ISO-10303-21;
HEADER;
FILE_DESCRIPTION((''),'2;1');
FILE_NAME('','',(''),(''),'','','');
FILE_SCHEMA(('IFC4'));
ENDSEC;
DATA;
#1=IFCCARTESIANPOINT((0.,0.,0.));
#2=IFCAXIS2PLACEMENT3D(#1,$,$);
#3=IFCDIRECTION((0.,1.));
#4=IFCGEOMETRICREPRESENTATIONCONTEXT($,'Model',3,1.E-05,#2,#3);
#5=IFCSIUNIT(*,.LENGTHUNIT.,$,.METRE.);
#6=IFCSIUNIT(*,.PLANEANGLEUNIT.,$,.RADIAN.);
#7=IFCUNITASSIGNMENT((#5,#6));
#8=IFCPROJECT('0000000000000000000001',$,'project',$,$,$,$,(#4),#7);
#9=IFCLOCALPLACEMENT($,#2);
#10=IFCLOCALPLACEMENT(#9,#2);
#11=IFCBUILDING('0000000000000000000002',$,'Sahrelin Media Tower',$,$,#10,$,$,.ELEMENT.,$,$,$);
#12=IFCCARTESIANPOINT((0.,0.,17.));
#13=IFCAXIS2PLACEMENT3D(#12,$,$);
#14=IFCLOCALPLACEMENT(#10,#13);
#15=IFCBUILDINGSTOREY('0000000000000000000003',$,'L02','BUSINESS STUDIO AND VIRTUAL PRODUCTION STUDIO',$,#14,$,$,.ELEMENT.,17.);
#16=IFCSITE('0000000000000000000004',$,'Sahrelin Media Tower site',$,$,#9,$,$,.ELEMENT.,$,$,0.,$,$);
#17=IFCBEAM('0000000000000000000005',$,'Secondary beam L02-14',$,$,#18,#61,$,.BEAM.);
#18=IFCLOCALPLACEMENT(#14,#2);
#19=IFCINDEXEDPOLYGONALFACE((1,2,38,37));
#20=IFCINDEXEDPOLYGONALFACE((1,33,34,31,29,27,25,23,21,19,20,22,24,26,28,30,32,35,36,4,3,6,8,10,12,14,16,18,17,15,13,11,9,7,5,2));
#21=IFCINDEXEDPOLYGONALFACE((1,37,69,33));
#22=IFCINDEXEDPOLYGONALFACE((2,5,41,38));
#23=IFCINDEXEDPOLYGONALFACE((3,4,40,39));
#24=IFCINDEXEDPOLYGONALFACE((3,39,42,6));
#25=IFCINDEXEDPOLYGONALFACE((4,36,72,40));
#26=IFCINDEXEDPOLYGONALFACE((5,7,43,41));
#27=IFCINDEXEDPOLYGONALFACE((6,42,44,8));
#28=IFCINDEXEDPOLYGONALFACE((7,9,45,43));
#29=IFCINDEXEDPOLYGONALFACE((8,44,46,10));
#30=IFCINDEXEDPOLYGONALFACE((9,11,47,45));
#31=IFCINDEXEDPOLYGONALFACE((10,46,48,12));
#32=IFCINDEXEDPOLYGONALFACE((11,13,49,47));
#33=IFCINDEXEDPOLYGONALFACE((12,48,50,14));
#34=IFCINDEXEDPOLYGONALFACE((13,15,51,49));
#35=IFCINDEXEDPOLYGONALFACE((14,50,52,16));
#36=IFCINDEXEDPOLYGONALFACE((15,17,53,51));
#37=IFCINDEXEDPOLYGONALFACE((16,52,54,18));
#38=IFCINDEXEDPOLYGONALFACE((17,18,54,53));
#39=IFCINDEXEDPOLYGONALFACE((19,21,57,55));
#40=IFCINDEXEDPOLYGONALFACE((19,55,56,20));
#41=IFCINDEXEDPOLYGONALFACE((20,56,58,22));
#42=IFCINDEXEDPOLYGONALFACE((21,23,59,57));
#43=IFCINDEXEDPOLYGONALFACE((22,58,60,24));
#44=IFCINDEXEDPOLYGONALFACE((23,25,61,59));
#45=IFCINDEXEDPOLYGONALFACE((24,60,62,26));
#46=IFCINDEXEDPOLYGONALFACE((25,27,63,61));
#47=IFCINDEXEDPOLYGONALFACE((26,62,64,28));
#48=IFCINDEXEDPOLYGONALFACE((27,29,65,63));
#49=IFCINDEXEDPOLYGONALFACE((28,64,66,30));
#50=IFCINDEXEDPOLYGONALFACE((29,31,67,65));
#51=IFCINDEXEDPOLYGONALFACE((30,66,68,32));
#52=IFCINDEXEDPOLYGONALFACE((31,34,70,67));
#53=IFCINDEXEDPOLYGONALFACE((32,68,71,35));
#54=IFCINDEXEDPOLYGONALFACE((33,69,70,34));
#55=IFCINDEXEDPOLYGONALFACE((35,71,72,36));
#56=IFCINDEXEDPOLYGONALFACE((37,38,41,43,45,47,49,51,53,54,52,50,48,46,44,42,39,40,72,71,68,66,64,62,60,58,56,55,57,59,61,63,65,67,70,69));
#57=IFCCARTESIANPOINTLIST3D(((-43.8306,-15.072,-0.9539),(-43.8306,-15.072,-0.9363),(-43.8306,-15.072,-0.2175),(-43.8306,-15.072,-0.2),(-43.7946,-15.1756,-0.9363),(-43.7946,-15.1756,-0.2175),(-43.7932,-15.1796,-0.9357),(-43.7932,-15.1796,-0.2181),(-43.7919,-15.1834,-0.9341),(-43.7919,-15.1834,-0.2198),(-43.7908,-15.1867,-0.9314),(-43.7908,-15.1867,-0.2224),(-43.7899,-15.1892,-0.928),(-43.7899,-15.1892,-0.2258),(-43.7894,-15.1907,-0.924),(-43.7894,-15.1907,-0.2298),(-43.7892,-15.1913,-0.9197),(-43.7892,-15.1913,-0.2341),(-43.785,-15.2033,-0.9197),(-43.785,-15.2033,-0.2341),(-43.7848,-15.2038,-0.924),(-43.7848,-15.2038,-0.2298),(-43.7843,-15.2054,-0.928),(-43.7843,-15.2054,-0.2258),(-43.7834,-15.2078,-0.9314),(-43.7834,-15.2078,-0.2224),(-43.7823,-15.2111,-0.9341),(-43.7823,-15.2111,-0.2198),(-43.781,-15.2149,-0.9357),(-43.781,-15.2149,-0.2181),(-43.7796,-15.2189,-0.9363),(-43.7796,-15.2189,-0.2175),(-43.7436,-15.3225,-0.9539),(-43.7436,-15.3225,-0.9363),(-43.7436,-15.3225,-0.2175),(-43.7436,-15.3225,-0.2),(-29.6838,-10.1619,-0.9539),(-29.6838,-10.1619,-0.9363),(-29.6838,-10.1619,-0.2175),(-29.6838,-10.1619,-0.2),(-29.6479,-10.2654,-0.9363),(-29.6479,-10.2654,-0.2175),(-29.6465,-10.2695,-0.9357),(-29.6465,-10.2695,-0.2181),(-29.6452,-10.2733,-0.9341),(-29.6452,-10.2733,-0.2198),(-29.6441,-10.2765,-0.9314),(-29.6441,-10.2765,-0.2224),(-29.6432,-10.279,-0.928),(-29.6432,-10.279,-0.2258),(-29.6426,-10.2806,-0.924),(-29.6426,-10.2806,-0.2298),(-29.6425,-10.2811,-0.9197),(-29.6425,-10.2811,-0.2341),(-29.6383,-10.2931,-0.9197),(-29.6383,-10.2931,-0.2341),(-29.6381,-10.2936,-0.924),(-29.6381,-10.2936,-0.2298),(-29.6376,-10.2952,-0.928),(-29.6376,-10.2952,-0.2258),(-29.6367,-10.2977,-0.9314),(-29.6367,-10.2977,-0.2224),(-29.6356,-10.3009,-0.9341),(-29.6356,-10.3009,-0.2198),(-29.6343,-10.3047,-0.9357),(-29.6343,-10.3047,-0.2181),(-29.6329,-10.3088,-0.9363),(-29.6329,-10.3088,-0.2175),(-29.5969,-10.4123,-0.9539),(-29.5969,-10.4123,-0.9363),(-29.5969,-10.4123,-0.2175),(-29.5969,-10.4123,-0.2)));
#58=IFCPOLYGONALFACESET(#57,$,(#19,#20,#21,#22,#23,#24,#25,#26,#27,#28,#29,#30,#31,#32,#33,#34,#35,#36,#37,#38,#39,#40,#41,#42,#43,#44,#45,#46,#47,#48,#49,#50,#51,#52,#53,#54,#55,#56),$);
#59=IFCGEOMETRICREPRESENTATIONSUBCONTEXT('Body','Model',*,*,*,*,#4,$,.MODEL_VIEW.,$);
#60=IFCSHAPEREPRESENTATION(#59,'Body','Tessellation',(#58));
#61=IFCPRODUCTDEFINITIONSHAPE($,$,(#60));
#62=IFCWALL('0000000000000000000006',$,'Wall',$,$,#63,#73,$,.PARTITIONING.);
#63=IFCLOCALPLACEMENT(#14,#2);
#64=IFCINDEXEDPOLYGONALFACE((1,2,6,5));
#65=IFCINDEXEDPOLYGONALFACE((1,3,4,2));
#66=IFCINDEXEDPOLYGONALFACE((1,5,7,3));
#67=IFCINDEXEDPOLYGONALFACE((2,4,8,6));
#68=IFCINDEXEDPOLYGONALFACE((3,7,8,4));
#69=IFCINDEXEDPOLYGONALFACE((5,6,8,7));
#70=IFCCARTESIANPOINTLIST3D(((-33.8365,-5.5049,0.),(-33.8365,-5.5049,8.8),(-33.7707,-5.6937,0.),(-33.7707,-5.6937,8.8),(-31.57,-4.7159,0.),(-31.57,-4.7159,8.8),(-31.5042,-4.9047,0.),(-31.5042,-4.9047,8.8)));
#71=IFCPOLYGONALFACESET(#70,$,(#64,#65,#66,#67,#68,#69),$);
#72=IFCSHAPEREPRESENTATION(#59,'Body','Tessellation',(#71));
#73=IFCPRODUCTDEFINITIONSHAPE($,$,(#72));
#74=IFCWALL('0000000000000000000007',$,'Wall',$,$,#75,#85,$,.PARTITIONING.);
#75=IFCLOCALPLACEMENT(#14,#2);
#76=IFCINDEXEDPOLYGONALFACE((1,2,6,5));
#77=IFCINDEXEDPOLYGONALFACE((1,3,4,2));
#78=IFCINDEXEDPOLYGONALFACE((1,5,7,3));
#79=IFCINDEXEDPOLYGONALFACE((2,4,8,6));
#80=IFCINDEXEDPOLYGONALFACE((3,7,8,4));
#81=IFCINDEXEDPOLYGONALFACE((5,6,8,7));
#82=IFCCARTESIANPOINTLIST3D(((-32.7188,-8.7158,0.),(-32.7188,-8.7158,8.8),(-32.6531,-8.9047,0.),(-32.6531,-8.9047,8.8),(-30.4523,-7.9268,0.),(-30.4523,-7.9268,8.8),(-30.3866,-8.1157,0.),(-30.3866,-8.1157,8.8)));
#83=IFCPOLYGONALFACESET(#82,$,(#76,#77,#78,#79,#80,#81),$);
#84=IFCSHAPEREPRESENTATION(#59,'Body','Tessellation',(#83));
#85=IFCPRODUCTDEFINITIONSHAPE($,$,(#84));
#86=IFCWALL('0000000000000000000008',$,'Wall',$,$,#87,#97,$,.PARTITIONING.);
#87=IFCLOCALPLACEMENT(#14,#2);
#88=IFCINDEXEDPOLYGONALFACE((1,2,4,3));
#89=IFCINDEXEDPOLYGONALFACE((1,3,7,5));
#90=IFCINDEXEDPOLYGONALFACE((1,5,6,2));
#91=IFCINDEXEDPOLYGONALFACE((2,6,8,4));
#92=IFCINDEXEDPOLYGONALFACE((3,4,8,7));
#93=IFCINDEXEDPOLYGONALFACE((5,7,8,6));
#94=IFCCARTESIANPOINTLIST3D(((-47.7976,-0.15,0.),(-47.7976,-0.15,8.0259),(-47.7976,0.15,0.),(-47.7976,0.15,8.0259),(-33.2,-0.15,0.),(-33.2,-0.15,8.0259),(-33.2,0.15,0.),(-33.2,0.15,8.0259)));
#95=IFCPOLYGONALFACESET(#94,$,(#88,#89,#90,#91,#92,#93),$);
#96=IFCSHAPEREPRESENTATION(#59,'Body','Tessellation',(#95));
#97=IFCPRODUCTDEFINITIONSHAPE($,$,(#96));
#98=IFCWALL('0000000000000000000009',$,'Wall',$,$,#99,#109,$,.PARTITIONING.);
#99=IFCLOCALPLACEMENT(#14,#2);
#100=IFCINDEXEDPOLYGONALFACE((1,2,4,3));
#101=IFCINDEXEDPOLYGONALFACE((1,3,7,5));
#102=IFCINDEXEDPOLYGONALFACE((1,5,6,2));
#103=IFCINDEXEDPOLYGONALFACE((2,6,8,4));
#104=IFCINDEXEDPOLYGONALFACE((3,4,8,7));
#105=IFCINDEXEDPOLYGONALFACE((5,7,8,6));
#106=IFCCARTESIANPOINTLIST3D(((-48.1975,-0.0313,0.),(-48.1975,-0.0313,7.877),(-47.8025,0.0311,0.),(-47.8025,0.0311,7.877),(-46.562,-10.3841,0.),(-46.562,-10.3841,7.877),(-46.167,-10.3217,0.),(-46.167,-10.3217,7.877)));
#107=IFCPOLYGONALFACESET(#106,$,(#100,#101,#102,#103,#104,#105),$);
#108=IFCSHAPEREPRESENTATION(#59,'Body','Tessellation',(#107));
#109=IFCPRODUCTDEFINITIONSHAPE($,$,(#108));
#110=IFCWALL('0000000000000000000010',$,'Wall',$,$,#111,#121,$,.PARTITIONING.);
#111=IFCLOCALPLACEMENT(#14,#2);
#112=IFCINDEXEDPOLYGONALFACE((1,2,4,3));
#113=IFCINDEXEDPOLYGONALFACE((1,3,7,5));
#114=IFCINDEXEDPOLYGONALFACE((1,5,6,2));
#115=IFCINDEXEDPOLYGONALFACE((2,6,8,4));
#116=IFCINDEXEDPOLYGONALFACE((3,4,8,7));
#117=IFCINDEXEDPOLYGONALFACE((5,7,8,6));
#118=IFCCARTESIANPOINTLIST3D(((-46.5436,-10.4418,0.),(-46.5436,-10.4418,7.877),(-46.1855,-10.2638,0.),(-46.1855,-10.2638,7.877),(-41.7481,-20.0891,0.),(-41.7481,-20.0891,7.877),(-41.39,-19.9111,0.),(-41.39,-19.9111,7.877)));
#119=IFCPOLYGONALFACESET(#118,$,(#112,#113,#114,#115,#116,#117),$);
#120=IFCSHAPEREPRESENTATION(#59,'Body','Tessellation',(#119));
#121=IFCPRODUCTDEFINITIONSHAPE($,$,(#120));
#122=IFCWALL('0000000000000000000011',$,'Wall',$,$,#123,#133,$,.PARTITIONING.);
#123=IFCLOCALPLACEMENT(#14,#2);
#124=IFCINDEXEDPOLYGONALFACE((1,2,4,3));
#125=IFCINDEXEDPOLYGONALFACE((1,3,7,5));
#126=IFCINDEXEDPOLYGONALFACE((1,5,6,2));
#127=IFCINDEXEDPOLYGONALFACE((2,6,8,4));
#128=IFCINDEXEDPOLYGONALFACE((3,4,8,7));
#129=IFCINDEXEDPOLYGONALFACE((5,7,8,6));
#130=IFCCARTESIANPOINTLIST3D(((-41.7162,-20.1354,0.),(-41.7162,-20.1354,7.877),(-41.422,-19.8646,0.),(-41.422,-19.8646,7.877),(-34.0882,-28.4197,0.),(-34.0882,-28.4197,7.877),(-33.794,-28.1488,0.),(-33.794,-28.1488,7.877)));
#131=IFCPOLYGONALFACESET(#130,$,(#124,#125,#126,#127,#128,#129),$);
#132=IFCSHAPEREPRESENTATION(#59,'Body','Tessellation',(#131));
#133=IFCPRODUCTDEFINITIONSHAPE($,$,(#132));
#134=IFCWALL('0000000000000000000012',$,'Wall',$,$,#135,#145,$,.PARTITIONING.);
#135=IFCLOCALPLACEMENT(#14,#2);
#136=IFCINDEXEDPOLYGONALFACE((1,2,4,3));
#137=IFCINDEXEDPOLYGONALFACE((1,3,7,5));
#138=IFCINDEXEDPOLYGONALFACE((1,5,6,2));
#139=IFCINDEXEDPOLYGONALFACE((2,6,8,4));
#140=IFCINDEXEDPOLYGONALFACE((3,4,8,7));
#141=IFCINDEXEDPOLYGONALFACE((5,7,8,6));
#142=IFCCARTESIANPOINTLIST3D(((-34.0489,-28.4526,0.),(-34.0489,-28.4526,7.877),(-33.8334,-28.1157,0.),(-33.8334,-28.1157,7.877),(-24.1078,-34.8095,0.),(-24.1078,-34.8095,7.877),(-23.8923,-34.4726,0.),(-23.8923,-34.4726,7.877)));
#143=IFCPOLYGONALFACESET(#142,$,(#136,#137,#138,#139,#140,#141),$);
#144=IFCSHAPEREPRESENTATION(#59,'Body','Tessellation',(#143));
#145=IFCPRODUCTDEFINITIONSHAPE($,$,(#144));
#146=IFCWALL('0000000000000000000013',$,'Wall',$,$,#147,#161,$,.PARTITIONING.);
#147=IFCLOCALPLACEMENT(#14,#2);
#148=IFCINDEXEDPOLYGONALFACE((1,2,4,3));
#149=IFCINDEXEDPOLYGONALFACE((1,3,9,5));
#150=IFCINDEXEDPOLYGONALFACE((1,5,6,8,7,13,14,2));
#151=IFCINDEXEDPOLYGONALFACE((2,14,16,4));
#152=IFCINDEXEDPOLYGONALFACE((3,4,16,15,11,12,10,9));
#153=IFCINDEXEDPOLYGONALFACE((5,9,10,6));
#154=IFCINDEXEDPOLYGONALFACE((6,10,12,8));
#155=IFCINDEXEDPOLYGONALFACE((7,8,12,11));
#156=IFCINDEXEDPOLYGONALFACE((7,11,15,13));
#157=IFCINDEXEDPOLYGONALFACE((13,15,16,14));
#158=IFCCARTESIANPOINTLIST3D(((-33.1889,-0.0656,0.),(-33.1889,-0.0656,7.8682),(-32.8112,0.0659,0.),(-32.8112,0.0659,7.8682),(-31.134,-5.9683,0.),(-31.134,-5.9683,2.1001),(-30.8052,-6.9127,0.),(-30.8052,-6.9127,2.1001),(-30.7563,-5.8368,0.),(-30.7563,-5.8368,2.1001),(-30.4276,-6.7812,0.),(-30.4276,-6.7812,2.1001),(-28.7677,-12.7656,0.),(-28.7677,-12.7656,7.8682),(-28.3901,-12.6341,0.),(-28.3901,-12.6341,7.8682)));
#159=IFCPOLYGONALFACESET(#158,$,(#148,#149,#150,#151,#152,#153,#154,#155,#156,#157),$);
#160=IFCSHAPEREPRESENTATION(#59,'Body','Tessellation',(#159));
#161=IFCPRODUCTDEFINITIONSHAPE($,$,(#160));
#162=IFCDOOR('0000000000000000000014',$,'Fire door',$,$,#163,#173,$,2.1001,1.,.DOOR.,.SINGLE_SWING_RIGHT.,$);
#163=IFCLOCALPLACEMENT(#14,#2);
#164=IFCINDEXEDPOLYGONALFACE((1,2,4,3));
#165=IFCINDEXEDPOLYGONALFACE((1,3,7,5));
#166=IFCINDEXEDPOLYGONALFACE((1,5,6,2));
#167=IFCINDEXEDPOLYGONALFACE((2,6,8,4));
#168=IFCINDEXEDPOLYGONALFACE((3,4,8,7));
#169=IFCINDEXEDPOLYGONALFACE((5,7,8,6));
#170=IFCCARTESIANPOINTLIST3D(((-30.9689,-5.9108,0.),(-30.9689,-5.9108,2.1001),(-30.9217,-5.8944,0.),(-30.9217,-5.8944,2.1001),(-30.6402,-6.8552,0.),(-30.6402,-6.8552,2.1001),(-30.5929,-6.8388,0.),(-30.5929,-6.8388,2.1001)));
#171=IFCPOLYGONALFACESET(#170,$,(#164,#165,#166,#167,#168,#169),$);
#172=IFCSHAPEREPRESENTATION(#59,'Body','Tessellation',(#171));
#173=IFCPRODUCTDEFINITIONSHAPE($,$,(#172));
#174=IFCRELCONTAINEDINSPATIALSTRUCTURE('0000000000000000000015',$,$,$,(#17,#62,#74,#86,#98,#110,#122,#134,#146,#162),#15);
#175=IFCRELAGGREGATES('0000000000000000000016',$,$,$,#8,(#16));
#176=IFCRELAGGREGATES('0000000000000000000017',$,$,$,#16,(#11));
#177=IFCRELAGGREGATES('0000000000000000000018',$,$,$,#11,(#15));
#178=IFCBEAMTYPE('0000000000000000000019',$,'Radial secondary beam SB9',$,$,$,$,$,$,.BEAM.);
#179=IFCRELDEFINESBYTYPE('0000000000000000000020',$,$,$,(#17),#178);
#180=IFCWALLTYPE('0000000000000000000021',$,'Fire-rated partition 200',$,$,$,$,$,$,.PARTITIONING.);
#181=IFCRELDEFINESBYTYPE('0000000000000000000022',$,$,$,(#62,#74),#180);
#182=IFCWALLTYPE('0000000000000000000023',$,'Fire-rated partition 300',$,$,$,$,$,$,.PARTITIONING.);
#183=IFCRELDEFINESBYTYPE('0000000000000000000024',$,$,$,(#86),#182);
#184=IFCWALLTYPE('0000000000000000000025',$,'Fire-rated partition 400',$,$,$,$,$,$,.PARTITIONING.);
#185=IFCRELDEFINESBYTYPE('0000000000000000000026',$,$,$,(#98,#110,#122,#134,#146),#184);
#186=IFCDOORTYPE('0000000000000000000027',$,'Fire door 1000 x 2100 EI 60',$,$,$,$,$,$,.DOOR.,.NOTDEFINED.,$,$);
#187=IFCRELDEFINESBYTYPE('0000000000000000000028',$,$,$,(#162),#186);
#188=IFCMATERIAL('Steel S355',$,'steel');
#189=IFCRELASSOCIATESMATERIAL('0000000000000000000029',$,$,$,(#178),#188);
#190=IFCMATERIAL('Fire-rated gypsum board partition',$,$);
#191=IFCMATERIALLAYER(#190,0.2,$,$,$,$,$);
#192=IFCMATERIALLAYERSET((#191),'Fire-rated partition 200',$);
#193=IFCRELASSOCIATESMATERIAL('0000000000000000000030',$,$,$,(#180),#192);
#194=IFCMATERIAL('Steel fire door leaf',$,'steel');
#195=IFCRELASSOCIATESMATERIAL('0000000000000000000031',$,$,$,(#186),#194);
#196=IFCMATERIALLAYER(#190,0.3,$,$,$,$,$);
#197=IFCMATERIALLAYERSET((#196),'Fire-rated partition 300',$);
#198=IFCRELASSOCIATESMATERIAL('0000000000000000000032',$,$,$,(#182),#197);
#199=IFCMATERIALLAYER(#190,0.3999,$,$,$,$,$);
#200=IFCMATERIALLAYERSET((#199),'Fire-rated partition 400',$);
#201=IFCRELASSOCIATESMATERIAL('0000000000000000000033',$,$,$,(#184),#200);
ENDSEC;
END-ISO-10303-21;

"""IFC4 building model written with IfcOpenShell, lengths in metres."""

from ifc_helpers import new_model, si_unit, direction, frame, frame_2d, origin, origin_2d, place, context, subcontext, project, spatial, rectangle, i_section, extrude, material, layer, layer_set, material_profile, profile_set, type_object, element, fill, save


model = new_model("IFC4")

# Units and contexts
model_context = context("Model", 3, precision=1e-05, world=origin(), true_north=direction((0.0, 1.0)))
body_context = subcontext(model_context, "Body", "Model", "MODEL_VIEW")
ifc_project = project(units=[si_unit("LENGTHUNIT", "METRE"), si_unit("PLANEANGLEUNIT", "RADIAN")], contexts=[model_context])

# Site, building, storey
site_placement = place(None, origin())
site = spatial("IfcSite", under=ifc_project, at=site_placement, Name="Sahrelin Media Tower site", CompositionType="ELEMENT", RefElevation=0.0)
building_placement = place(site_placement, origin())
building = spatial("IfcBuilding", under=site, at=building_placement, Name="Sahrelin Media Tower", CompositionType="ELEMENT")
storey_placement = place(building_placement, frame((0.0, 0.0, 17.0)))
storey = spatial("IfcBuildingStorey", under=building, at=storey_placement, Name="L02", Description="BUSINESS STUDIO AND VIRTUAL PRODUCTION STUDIO", CompositionType="ELEMENT", Elevation=17.0)

# Beam
ifc_material_1 = material(Name="Steel S355", Category="steel")
ifc_material_profile_1 = material_profile(ifc_material_1, i_section(OverallWidth=0.2651, OverallDepth=0.7539, WebThickness=0.0127, FlangeThickness=0.0176, FilletRadius=0.0166, at=origin_2d()), Name="UB 762x267x147")
ifc_profile_set_1 = profile_set([ifc_material_profile_1], Name="Steel S355")
beam_type_1 = type_object("IfcBeamType", Name="Radial secondary beam SB9", PredefinedType="BEAM", material=ifc_profile_set_1)
beam_1_placement = place(storey_placement, frame((-29.6404, -10.2871, -0.5769), z_axis=(-0.944713, -0.327898, 0.0), x_axis=(0.327898, -0.944713, 0.0)))
element("IfcBeam", 1, at=beam_1_placement, inside=storey, type_object=beam_type_1, Name="Secondary beam L02-14", PredefinedType="BEAM", context=body_context, shape_type="SweptSolid", body=[
    extrude(i_section(OverallWidth=0.2651, OverallDepth=0.7539, WebThickness=0.0127, FlangeThickness=0.0176, FilletRadius=0.0166, at=origin_2d()), origin(), (0.0, 0.0, 1.0), 14.9746),
])

# Walls
ifc_material_2 = material(Name="Fire-rated gypsum board partition")
ifc_layer_1 = layer(ifc_material_2, 0.2)
ifc_layer_set_1 = layer_set([ifc_layer_1], Name="Fire-rated partition 200")
wall_type_1 = type_object("IfcWallType", Name="Fire-rated partition 200", PredefinedType="PARTITIONING", material=ifc_layer_set_1)
for number, where, z_axis, x_axis, name in (
    (2, (-31.5371, -4.8103, 0.0), (0.0, 0.0, 1.0), (-0.944409, -0.328773, 0.0), "Wall"),
    (3, (-30.4194, -8.0212, 0.0), (0.0, 0.0, 1.0), (-0.944409, -0.328773, 0.0), "Wall"),
):
    element("IfcWall", number, at=place(storey_placement, frame(where, z_axis=z_axis, x_axis=x_axis)), inside=storey, type_object=wall_type_1, Name=name, PredefinedType="PARTITIONING", context=body_context, shape_type="SweptSolid", body=[
        extrude(rectangle(XDim=2.3999, YDim=0.2, at=frame_2d((1.2, 0.0))), origin(), (0.0, 0.0, 1.0), 8.8),
    ])

# Shared definitions
ifc_material_3 = material(Name="Steel fire door leaf", Category="steel")
door_type = type_object("IfcDoorType", Name="Fire door 1000 x 2100 EI 60", OperationType="NOTDEFINED", PredefinedType="DOOR", material=ifc_material_3)

# Walls
ifc_layer_2 = layer(ifc_material_2, 0.3)
ifc_layer_set_2 = layer_set([ifc_layer_2], Name="Fire-rated partition 300")
wall_type_2 = type_object("IfcWallType", Name="Fire-rated partition 300", PredefinedType="PARTITIONING", material=ifc_layer_set_2)
wall_1_placement = place(storey_placement, frame((-33.2, 0.0, 0.0), z_axis=(0.0, 0.0, 1.0), x_axis=(-1.0, 0.0, 0.0)))
element("IfcWall", 4, at=wall_1_placement, inside=storey, type_object=wall_type_2, Name="Wall", PredefinedType="PARTITIONING", context=body_context, shape_type="SweptSolid", body=[
    extrude(rectangle(XDim=14.5977, YDim=0.3, at=frame_2d((7.2988, 0.0))), origin(), (0.0, 0.0, 1.0), 8.0259),
])
ifc_layer_3 = layer(ifc_material_2, 0.3999)
ifc_layer_set_3 = layer_set([ifc_layer_3], Name="Fire-rated partition 400")
wall_type_3 = type_object("IfcWallType", Name="Fire-rated partition 400", PredefinedType="PARTITIONING", material=ifc_layer_set_3)
wall_2_placement = place(storey_placement, frame((-48.0, 0.0, 0.0), z_axis=(0.0, 0.0, 1.0), x_axis=(0.156042, -0.98775, 0.0)))
element("IfcWall", 5, at=wall_2_placement, inside=storey, type_object=wall_type_3, Name="Wall", PredefinedType="PARTITIONING", context=body_context, shape_type="SweptSolid", body=[
    extrude(rectangle(XDim=10.4812, YDim=0.3999, at=frame_2d((5.2407, 0.0))), origin(), (0.0, 0.0, 1.0), 7.877),
])
wall_3_placement = place(storey_placement, frame((-46.3645, -10.3528, 0.0), z_axis=(0.0, 0.0, 1.0), x_axis=(0.445118, -0.895472, 0.0)))
element("IfcWall", 6, at=wall_3_placement, inside=storey, type_object=wall_type_3, Name="Wall", PredefinedType="PARTITIONING", context=body_context, shape_type="SweptSolid", body=[
    extrude(rectangle(XDim=10.7734, YDim=0.3999, at=frame_2d((5.3867, 0.0))), origin(), (0.0, 0.0, 1.0), 7.877),
])
wall_4_placement = place(storey_placement, frame((-41.5691, -20.0, 0.0), z_axis=(0.0, 0.0, 1.0), x_axis=(0.677368, -0.735644, 0.0)))
element("IfcWall", 7, at=wall_4_placement, inside=storey, type_object=wall_type_3, Name="Wall", PredefinedType="PARTITIONING", context=body_context, shape_type="SweptSolid", body=[
    extrude(rectangle(XDim=11.2612, YDim=0.3999, at=frame_2d((5.6306, 0.0))), origin(), (0.0, 0.0, 1.0), 7.877),
])
wall_5_placement = place(storey_placement, frame((-33.9412, -28.2842, 0.0), z_axis=(0.0, 0.0, 1.0), x_axis=(0.84248, -0.538728, 0.0)))
element("IfcWall", 8, at=wall_5_placement, inside=storey, type_object=wall_type_3, Name="Wall", PredefinedType="PARTITIONING", context=body_context, shape_type="SweptSolid", body=[
    extrude(rectangle(XDim=11.7998, YDim=0.3999, at=frame_2d((5.8999, 0.0))), origin(), (0.0, 0.0, 1.0), 7.877),
])

# Wall, opening, door
wall_6_placement = place(storey_placement, frame((-33.0, 0.0, 0.0), z_axis=(0.0, 0.0, 1.0), x_axis=(0.328771, -0.94441, 0.0)))
wall_6 = element("IfcWall", 9, at=wall_6_placement, inside=storey, type_object=wall_type_3, Name="Wall", PredefinedType="PARTITIONING", context=body_context, shape_type="SweptSolid", body=[
    extrude(rectangle(XDim=13.4475, YDim=0.3999, at=frame_2d((6.7236, 0.0))), origin(), (0.0, 0.0, 1.0), 7.8682),
])
opening_1_placement = place(wall_6_placement, frame((6.25, 0.0, 0.0)))
opening_1 = element("IfcOpeningElement", 10, at=opening_1_placement, cuts=wall_6, PredefinedType="OPENING", context=body_context, shape_type="SweptSolid", body=[
    extrude(rectangle(XDim=1.0, YDim=2.1001, at=frame_2d((0.5, 1.05))), frame((0.0, 0.2, 0.0), z_axis=(0.0, -1.0, 0.0), x_axis=(1.0, 0.0, 0.0)), (0.0, 0.0, 1.0), 0.3999),
])
door_1_placement = place(opening_1_placement, origin())
door_1 = element("IfcDoor", 11, at=door_1_placement, inside=storey, type_object=door_type, Name="Fire door", OperationType="SINGLE_SWING_RIGHT", OverallHeight=2.1001, OverallWidth=1.0, PredefinedType="DOOR", context=body_context, shape_type="SweptSolid", body=[
    extrude(rectangle(XDim=1.0, YDim=2.1001, at=frame_2d((0.5, 1.05))), frame((0.0, 0.0249, 0.0), z_axis=(0.0, -1.0, 0.0), x_axis=(1.0, 0.0, 0.0)), (0.0, 0.0, 1.0), 0.05),
])
fill(opening_1, door_1)

save(model, "model.ifc")
